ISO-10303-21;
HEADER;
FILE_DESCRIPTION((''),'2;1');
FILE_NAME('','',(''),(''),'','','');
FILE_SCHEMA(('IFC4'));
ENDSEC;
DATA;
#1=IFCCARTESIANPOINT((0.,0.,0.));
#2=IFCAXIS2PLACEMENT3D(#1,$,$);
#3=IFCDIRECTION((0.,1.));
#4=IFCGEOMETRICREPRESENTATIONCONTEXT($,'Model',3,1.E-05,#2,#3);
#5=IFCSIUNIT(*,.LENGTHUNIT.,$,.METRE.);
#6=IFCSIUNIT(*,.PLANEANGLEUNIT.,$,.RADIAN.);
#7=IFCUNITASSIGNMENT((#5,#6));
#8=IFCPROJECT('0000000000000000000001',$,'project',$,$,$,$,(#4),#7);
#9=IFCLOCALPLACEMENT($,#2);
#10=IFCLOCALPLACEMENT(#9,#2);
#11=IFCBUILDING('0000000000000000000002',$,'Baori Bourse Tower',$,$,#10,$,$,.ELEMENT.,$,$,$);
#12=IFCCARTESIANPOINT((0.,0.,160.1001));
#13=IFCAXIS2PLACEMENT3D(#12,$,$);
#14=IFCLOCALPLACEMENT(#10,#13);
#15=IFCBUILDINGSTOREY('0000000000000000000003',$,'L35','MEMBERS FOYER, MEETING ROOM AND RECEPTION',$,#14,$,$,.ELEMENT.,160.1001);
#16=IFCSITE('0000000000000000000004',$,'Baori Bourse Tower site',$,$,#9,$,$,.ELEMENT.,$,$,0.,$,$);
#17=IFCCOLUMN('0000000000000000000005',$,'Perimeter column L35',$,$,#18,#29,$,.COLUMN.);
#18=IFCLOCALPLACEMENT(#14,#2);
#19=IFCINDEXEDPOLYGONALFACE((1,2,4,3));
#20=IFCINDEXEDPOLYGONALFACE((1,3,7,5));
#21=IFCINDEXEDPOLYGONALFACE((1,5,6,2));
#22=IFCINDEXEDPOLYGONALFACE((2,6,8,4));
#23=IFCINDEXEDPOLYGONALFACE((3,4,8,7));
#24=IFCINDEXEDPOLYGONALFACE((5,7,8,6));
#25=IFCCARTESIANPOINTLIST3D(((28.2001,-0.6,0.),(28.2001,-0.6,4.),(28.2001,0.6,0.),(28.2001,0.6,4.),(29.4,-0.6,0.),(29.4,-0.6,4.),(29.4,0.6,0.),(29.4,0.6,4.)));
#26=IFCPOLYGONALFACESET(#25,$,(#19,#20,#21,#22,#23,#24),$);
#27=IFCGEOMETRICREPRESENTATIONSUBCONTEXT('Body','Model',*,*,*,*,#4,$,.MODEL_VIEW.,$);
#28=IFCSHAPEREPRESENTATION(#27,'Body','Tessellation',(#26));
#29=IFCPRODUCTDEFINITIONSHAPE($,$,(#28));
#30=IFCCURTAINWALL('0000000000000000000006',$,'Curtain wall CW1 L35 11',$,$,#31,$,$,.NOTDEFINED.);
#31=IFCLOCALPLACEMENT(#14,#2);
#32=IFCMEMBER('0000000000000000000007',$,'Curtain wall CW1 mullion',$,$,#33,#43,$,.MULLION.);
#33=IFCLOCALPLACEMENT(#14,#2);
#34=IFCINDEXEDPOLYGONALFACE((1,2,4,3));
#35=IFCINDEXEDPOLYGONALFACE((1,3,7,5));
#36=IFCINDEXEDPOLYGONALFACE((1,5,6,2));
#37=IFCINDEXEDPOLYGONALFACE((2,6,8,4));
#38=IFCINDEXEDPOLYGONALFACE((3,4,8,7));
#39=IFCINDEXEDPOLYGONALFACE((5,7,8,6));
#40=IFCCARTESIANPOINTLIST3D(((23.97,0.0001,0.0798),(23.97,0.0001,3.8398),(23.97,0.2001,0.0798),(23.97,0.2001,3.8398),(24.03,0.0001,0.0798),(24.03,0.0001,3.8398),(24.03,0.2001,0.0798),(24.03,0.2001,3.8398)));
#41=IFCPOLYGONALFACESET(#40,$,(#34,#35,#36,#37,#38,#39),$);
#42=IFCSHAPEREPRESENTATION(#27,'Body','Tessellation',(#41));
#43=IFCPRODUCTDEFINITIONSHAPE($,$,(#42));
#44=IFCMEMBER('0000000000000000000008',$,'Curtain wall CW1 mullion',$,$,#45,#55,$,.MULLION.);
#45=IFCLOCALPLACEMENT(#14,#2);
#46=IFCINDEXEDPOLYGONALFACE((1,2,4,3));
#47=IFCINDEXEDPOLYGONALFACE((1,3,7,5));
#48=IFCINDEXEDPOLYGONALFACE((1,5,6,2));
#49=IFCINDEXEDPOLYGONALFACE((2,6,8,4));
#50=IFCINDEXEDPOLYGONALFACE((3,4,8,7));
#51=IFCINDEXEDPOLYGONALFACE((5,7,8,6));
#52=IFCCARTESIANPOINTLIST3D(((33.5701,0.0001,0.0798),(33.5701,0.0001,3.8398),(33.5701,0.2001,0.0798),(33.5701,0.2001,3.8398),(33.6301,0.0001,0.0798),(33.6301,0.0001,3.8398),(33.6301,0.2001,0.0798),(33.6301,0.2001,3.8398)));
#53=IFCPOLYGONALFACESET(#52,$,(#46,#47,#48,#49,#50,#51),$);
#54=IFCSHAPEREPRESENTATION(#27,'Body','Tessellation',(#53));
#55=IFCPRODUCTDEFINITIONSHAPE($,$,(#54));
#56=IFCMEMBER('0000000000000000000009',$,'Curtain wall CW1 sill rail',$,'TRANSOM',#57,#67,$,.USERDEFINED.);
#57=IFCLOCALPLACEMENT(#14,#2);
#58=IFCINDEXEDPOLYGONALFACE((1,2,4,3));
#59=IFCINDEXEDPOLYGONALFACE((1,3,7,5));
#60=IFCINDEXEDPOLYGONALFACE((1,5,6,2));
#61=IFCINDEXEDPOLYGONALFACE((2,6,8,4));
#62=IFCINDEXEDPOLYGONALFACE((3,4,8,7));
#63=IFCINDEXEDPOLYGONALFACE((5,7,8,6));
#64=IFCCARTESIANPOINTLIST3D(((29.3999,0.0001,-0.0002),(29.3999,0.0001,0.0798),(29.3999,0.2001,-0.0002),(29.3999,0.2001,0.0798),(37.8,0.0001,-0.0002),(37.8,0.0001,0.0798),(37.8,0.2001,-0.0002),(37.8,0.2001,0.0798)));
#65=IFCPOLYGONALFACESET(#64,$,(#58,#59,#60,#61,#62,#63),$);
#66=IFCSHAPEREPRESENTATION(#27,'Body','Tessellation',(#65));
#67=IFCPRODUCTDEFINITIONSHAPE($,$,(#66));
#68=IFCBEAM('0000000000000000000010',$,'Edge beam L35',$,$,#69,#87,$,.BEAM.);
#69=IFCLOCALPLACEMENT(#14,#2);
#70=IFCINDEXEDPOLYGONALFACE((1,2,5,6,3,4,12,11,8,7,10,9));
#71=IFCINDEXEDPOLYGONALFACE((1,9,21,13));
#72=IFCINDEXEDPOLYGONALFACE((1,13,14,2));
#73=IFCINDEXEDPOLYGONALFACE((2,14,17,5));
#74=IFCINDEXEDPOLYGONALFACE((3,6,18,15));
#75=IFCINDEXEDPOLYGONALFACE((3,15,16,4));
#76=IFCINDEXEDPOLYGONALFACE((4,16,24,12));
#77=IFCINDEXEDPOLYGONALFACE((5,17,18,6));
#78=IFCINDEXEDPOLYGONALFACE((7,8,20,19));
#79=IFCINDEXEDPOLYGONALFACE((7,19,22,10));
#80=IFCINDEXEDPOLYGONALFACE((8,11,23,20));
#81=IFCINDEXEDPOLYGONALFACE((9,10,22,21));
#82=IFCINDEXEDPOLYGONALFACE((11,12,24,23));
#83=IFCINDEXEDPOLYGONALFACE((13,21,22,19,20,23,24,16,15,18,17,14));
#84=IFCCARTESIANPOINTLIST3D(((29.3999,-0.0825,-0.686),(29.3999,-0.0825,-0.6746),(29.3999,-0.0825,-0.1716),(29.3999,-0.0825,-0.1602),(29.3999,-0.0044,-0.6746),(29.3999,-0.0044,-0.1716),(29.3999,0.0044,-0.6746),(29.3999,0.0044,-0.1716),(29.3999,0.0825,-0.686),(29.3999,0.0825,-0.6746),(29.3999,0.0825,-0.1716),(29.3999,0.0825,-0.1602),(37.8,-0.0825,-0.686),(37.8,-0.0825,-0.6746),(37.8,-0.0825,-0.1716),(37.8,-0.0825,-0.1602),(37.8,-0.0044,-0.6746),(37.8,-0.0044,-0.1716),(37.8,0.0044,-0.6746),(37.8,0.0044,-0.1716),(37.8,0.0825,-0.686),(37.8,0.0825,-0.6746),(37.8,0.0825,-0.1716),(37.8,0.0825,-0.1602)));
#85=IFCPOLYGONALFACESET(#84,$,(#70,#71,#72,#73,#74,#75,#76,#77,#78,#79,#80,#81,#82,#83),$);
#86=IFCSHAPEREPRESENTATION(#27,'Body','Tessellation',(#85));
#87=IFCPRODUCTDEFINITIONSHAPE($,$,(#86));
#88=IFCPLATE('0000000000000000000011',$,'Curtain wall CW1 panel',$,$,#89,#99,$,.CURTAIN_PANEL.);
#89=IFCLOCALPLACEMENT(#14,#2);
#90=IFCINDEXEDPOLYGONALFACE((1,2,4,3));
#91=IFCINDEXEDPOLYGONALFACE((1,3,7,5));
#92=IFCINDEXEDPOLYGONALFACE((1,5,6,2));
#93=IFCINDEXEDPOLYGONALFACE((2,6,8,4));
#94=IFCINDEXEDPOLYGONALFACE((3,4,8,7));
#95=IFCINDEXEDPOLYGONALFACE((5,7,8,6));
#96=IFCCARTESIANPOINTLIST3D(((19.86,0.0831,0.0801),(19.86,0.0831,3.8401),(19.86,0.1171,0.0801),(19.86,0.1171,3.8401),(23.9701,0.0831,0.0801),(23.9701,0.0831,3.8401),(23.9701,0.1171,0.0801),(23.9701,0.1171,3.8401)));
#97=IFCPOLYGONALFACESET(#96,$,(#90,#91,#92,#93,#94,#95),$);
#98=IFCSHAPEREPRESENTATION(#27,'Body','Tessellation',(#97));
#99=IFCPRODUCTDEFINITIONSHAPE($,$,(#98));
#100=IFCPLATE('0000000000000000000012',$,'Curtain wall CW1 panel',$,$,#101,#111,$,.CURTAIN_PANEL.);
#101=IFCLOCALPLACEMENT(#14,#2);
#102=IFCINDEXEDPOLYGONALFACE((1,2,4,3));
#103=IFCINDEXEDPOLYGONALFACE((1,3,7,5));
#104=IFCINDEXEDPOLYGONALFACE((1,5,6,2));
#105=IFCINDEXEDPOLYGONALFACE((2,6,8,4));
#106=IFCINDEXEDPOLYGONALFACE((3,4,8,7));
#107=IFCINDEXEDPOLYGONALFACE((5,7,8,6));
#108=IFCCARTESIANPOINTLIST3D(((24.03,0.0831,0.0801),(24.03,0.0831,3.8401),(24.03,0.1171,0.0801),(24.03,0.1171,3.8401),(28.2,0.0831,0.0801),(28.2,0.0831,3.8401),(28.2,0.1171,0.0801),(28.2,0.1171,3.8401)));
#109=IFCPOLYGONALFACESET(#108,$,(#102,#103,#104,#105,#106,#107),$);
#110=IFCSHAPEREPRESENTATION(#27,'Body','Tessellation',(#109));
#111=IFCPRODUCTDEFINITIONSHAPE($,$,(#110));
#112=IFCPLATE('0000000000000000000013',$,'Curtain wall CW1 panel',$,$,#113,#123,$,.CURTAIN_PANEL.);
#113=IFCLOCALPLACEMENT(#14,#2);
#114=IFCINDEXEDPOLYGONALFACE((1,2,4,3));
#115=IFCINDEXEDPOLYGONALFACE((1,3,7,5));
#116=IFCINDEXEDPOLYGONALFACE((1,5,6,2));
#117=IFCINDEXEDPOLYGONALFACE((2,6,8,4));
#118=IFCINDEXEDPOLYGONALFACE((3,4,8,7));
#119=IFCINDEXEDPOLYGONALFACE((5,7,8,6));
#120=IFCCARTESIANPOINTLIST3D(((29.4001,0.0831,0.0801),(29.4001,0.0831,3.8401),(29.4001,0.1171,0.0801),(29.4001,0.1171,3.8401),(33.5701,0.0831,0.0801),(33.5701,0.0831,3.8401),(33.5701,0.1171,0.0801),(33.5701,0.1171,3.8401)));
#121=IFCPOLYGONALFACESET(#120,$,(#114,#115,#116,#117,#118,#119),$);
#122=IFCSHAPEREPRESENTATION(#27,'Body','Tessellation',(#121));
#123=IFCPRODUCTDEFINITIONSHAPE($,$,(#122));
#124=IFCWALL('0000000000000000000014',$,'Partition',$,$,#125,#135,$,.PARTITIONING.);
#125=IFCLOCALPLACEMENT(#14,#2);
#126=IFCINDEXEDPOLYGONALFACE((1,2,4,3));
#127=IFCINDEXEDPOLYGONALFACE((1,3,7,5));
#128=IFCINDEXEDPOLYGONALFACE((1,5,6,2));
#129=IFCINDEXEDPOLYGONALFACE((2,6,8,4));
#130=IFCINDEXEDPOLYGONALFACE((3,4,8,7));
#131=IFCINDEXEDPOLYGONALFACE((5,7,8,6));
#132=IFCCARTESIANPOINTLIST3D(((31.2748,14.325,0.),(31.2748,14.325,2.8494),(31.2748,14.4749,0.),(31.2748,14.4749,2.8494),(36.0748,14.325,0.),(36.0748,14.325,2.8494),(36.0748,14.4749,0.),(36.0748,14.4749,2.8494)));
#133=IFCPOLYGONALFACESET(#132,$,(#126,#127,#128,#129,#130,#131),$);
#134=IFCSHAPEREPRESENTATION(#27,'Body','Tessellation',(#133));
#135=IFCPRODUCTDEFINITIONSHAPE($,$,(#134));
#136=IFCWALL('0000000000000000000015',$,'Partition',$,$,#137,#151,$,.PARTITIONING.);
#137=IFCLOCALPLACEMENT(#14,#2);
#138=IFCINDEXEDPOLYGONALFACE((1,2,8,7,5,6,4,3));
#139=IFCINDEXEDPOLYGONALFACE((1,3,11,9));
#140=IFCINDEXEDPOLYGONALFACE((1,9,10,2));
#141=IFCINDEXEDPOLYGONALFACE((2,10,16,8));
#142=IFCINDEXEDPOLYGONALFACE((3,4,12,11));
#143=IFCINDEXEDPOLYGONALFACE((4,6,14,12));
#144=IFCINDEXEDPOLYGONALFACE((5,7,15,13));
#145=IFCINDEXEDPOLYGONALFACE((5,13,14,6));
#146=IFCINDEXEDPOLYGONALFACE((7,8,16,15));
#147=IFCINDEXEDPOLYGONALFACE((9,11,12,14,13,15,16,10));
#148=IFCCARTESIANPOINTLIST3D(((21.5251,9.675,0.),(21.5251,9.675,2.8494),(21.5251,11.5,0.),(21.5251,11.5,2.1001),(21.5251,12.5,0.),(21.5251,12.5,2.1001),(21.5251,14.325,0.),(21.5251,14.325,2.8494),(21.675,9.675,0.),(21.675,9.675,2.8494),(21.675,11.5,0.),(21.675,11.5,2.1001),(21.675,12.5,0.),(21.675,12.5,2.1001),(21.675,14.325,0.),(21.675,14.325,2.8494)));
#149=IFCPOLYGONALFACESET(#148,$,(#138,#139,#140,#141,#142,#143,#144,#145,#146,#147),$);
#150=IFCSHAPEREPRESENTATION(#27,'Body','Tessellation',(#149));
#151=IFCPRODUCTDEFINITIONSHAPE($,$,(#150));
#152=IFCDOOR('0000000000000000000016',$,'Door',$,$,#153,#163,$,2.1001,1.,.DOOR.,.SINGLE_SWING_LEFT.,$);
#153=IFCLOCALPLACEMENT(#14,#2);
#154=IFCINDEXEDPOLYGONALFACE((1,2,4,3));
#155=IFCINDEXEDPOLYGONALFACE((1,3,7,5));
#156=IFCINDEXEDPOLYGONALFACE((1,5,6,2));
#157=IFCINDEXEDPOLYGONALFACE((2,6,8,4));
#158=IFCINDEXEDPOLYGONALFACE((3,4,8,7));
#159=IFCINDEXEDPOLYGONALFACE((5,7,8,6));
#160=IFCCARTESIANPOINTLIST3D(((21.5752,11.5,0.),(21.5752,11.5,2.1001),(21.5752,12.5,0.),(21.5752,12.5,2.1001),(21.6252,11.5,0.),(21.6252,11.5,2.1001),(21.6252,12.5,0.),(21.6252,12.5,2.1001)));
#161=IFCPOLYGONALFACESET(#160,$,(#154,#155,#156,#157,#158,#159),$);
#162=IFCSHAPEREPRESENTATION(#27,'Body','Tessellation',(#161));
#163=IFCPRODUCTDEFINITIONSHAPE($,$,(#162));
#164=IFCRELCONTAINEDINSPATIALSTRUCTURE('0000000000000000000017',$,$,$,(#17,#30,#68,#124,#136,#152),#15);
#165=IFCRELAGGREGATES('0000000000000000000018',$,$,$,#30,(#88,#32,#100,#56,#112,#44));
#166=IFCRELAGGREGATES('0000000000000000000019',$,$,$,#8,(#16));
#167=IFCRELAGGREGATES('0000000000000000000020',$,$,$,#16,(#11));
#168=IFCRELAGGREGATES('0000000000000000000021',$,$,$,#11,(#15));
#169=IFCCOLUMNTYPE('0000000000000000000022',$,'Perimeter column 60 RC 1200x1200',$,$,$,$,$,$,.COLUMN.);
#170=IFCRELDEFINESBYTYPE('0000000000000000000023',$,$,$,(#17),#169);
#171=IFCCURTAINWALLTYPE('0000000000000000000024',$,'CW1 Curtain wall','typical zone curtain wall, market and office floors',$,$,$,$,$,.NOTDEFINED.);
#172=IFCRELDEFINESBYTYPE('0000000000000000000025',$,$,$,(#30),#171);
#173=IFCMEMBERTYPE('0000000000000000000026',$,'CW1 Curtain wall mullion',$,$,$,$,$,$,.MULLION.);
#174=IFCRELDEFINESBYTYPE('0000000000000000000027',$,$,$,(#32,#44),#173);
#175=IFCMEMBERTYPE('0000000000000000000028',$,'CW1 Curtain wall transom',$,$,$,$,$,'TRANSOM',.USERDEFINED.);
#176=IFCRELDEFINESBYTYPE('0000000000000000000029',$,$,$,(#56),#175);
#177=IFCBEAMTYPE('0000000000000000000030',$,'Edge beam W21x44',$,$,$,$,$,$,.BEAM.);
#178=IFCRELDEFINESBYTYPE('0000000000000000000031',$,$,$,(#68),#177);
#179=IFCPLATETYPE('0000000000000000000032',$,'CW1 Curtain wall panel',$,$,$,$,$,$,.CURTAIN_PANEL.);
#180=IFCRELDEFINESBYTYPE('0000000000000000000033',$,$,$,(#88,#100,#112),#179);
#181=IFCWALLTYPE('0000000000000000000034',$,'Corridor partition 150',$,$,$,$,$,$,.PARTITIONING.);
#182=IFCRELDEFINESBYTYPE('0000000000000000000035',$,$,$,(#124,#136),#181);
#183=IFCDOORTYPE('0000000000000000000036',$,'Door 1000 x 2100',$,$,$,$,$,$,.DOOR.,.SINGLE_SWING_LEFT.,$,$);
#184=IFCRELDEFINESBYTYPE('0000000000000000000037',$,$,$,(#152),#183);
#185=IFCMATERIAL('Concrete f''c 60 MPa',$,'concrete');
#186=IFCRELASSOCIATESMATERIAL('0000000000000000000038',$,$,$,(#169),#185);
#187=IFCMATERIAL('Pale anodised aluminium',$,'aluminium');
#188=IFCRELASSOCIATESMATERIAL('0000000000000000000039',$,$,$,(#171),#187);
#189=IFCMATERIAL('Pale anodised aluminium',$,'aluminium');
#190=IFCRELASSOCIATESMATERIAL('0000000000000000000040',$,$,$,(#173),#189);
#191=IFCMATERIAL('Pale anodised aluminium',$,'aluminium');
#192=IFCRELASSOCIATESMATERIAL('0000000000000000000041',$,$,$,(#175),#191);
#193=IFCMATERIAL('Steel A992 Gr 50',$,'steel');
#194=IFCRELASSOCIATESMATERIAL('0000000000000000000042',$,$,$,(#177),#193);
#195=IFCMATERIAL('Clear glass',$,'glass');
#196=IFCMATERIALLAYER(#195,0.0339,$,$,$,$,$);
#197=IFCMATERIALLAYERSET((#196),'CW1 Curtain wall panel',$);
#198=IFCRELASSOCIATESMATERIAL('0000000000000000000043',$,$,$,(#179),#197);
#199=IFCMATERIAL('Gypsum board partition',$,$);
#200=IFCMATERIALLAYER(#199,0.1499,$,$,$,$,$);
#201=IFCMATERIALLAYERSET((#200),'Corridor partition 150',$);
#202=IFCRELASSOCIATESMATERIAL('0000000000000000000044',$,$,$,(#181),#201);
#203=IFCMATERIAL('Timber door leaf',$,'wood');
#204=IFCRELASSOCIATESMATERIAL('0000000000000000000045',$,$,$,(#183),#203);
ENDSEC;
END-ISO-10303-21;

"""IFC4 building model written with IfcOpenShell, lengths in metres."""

from ifc_helpers import new_model, si_unit, direction, frame, frame_2d, origin, origin_2d, place, context, subcontext, project, spatial, rectangle, i_section, extrude, material, layer, layer_set, material_profile, profile_set, type_object, element, fill, aggregate, save


model = new_model("IFC4")

# Units and contexts
model_context = context("Model", 3, precision=1e-05, world=origin(), true_north=direction((0.0, 1.0)))
body_context = subcontext(model_context, "Body", "Model", "MODEL_VIEW")
ifc_project = project(units=[si_unit("LENGTHUNIT", "METRE"), si_unit("PLANEANGLEUNIT", "RADIAN")], contexts=[model_context])

# Site, building, storey
site_placement = place(None, origin())
site = spatial("IfcSite", under=ifc_project, at=site_placement, Name="Baori Bourse Tower site", CompositionType="ELEMENT", RefElevation=0.0)
building_placement = place(site_placement, origin())
building = spatial("IfcBuilding", under=site, at=building_placement, Name="Baori Bourse Tower", CompositionType="ELEMENT")
storey_placement = place(building_placement, frame((0.0, 0.0, 160.1001)))
storey = spatial("IfcBuildingStorey", under=building, at=storey_placement, Name="L35", Description="MEMBERS FOYER, MEETING ROOM AND RECEPTION", CompositionType="ELEMENT", Elevation=160.1001)

# Column
ifc_material_1 = material(Name="Concrete f'c 60 MPa", Category="concrete")
ifc_material_profile_1 = material_profile(ifc_material_1, rectangle(XDim=1.2, YDim=1.2, at=origin_2d()), Name="RC 1200x1200")
ifc_profile_set_1 = profile_set([ifc_material_profile_1], Name="Concrete f'c 60 MPa")
column_type = type_object("IfcColumnType", Name="Perimeter column 60 RC 1200x1200", PredefinedType="COLUMN", material=ifc_profile_set_1)
column_placement = place(storey_placement, frame((28.8, 0.0, 0.0), z_axis=(0.0, 0.0, 1.0), x_axis=(1.0, 0.0, 0.0)))
element("IfcColumn", 1, at=column_placement, inside=storey, type_object=column_type, Name="Perimeter column L35", PredefinedType="COLUMN", context=body_context, shape_type="SweptSolid", body=[
    extrude(rectangle(XDim=1.2, YDim=1.2, at=origin_2d()), origin(), (0.0, 0.0, 1.0), 4.0),
])

# Curtain wall, members
ifc_material_2 = material(Name="Pale anodised aluminium", Category="aluminium")
curtain_wall_type = type_object("IfcCurtainWallType", Name="CW1 Curtain wall", Description="typical zone curtain wall, market and office floors", PredefinedType="NOTDEFINED", material=ifc_material_2)
curtain_wall_placement = place(storey_placement, origin())
curtain_wall = element("IfcCurtainWall", 2, at=curtain_wall_placement, inside=storey, type_object=curtain_wall_type, Name="Curtain wall CW1 L35 11", PredefinedType="NOTDEFINED")
ifc_material_3 = material(Name="Pale anodised aluminium", Category="aluminium")
ifc_material_profile_2 = material_profile(ifc_material_3, rectangle(XDim=0.2, YDim=0.0601, at=origin_2d()), Name="Mullion 60x200")
ifc_profile_set_2 = profile_set([ifc_material_profile_2], Name="Pale anodised aluminium")
member_type_1 = type_object("IfcMemberType", Name="CW1 Curtain wall mullion", PredefinedType="MULLION", material=ifc_profile_set_2)
member_1_placement = place(storey_placement, frame((24.0, 0.1001, 0.0798), z_axis=(0.0, 0.0, 1.0), x_axis=(0.0, 1.0, 0.0)))
member_1 = element("IfcMember", 3, at=member_1_placement, type_object=member_type_1, Name="Curtain wall CW1 mullion", PredefinedType="MULLION", context=body_context, shape_type="SweptSolid", body=[
    extrude(rectangle(XDim=0.2, YDim=0.0601, at=origin_2d()), origin(), (0.0, 0.0, 1.0), 3.76),
])
member_2_placement = place(storey_placement, frame((33.6001, 0.1001, 0.0798), z_axis=(0.0, 0.0, 1.0), x_axis=(0.0, 1.0, 0.0)))
member_2 = element("IfcMember", 4, at=member_2_placement, type_object=member_type_1, Name="Curtain wall CW1 mullion", PredefinedType="MULLION", context=body_context, shape_type="SweptSolid", body=[
    extrude(rectangle(XDim=0.2, YDim=0.0601, at=origin_2d()), origin(), (0.0, 0.0, 1.0), 3.76),
])
ifc_material_4 = material(Name="Pale anodised aluminium", Category="aluminium")
ifc_material_profile_3 = material_profile(ifc_material_4, rectangle(XDim=0.2, YDim=0.0801, at=origin_2d()), Name="Transom 80x200")
ifc_profile_set_3 = profile_set([ifc_material_profile_3], Name="Pale anodised aluminium")
member_type_2 = type_object("IfcMemberType", Name="CW1 Curtain wall transom", ElementType="TRANSOM", PredefinedType="USERDEFINED", material=ifc_profile_set_3)
member_3_placement = place(storey_placement, frame((29.3999, 0.1001, 0.0398), z_axis=(1.0, 0.0, 0.0), x_axis=(0.0, 1.0, 0.0)))
member_3 = element("IfcMember", 5, at=member_3_placement, type_object=member_type_2, Name="Curtain wall CW1 sill rail", ObjectType="TRANSOM", PredefinedType="USERDEFINED", context=body_context, shape_type="SweptSolid", body=[
    extrude(rectangle(XDim=0.2, YDim=0.0801, at=origin_2d()), origin(), (0.0, 0.0, 1.0), 8.4001),
])

# Beam
ifc_material_5 = material(Name="Steel A992 Gr 50", Category="steel")
ifc_material_profile_4 = material_profile(ifc_material_5, i_section(OverallWidth=0.165, OverallDepth=0.5259, WebThickness=0.0088, FlangeThickness=0.0115, at=origin_2d()), Name="W21x44")
ifc_profile_set_4 = profile_set([ifc_material_profile_4], Name="Steel A992 Gr 50")
beam_type = type_object("IfcBeamType", Name="Edge beam W21x44", PredefinedType="BEAM", material=ifc_profile_set_4)
beam_placement = place(storey_placement, frame((29.3999, 0.0, -0.4231), z_axis=(1.0, 0.0, 0.0), x_axis=(0.0, 1.0, 0.0)))
element("IfcBeam", 6, at=beam_placement, inside=storey, type_object=beam_type, Name="Edge beam L35", PredefinedType="BEAM", context=body_context, shape_type="SweptSolid", body=[
    extrude(i_section(OverallWidth=0.165, OverallDepth=0.5259, WebThickness=0.0088, FlangeThickness=0.0115, at=origin_2d()), origin(), (0.0, 0.0, 1.0), 8.4001),
])

# Plates
ifc_material_6 = material(Name="Clear glass", Category="glass")
ifc_layer_1 = layer(ifc_material_6, 0.0339)
ifc_layer_set_1 = layer_set([ifc_layer_1], Name="CW1 Curtain wall panel")
plate_type = type_object("IfcPlateType", Name="CW1 Curtain wall panel", PredefinedType="CURTAIN_PANEL", material=ifc_layer_set_1)
plate_1_placement = place(storey_placement, frame((21.915, 0.1001, 0.0801), z_axis=(0.0, 0.0, 1.0), x_axis=(1.0, 0.0, 0.0)))
plate_1 = element("IfcPlate", 7, at=plate_1_placement, type_object=plate_type, Name="Curtain wall CW1 panel", PredefinedType="CURTAIN_PANEL", context=body_context, shape_type="SweptSolid", body=[
    extrude(rectangle(XDim=4.1101, YDim=0.0339, at=origin_2d()), origin(), (0.0, 0.0, 1.0), 3.76),
])
plate_2_placement = place(storey_placement, frame((26.115, 0.1001, 0.0801), z_axis=(0.0, 0.0, 1.0), x_axis=(1.0, 0.0, 0.0)))
plate_2 = element("IfcPlate", 8, at=plate_2_placement, type_object=plate_type, Name="Curtain wall CW1 panel", PredefinedType="CURTAIN_PANEL", context=body_context, shape_type="SweptSolid", body=[
    extrude(rectangle(XDim=4.1699, YDim=0.0339, at=origin_2d()), origin(), (0.0, 0.0, 1.0), 3.76),
])
plate_3_placement = place(storey_placement, frame((31.4851, 0.1001, 0.0801), z_axis=(0.0, 0.0, 1.0), x_axis=(1.0, 0.0, 0.0)))
plate_3 = element("IfcPlate", 9, at=plate_3_placement, type_object=plate_type, Name="Curtain wall CW1 panel", PredefinedType="CURTAIN_PANEL", context=body_context, shape_type="SweptSolid", body=[
    extrude(rectangle(XDim=4.1699, YDim=0.0339, at=origin_2d()), origin(), (0.0, 0.0, 1.0), 3.76),
])
aggregate(curtain_wall, [plate_1, member_1, plate_2, member_3, plate_3, member_2])

# Wall
ifc_material_7 = material(Name="Gypsum board partition")
ifc_layer_2 = layer(ifc_material_7, 0.1499)
ifc_layer_set_2 = layer_set([ifc_layer_2], Name="Corridor partition 150")
wall_type_1 = type_object("IfcWallType", Name="Corridor partition 150", PredefinedType="PARTITIONING", material=ifc_layer_set_2)
wall_1_placement = place(storey_placement, frame((31.2749, 14.3999, 0.0), z_axis=(0.0, 0.0, 1.0), x_axis=(1.0, 0.0, 0.0)))
element("IfcWall", 10, at=wall_1_placement, inside=storey, type_object=wall_type_1, Name="Partition", PredefinedType="PARTITIONING", context=body_context, shape_type="SweptSolid", body=[
    extrude(rectangle(XDim=4.8, YDim=0.1499, at=frame_2d((2.3999, 0.0))), origin(), (0.0, 0.0, 1.0), 2.8494),
])

# Wall, opening, door
wall_2_placement = place(storey_placement, frame((21.6001, 9.675, 0.0), z_axis=(0.0, 0.0, 1.0), x_axis=(0.0, 1.0, 0.0)))
wall_2 = element("IfcWall", 11, at=wall_2_placement, inside=storey, type_object=wall_type_1, Name="Partition", PredefinedType="PARTITIONING", context=body_context, shape_type="SweptSolid", body=[
    extrude(rectangle(XDim=4.6499, YDim=0.1499, at=frame_2d((2.325, 0.0))), origin(), (0.0, 0.0, 1.0), 2.8494),
])
opening_1_placement = place(wall_2_placement, frame((1.825, 0.0, 0.0)))
opening_1 = element("IfcOpeningElement", 12, at=opening_1_placement, cuts=wall_2, PredefinedType="OPENING", context=body_context, shape_type="SweptSolid", body=[
    extrude(rectangle(XDim=1.0, YDim=2.1001, at=frame_2d((0.5, 1.05))), frame((0.0, 0.085, 0.0), z_axis=(0.0, -1.0, 0.0), x_axis=(1.0, 0.0, 0.0)), (0.0, 0.0, 1.0), 0.1699),
])
ifc_material_8 = material(Name="Timber door leaf", Category="wood")
door_type = type_object("IfcDoorType", Name="Door 1000 x 2100", OperationType="SINGLE_SWING_LEFT", PredefinedType="DOOR", material=ifc_material_8)
door_1_placement = place(opening_1_placement, origin())
door_1 = element("IfcDoor", 13, at=door_1_placement, inside=storey, type_object=door_type, Name="Door", OperationType="SINGLE_SWING_LEFT", OverallHeight=2.1001, OverallWidth=1.0, PredefinedType="DOOR", context=body_context, shape_type="SweptSolid", body=[
    extrude(rectangle(XDim=1.0, YDim=2.1001, at=frame_2d((0.5, 1.05))), frame((0.0, 0.0249, 0.0), z_axis=(0.0, -1.0, 0.0), x_axis=(1.0, 0.0, 0.0)), (0.0, 0.0, 1.0), 0.05),
])
fill(opening_1, door_1)

save(model, "model.ifc")
